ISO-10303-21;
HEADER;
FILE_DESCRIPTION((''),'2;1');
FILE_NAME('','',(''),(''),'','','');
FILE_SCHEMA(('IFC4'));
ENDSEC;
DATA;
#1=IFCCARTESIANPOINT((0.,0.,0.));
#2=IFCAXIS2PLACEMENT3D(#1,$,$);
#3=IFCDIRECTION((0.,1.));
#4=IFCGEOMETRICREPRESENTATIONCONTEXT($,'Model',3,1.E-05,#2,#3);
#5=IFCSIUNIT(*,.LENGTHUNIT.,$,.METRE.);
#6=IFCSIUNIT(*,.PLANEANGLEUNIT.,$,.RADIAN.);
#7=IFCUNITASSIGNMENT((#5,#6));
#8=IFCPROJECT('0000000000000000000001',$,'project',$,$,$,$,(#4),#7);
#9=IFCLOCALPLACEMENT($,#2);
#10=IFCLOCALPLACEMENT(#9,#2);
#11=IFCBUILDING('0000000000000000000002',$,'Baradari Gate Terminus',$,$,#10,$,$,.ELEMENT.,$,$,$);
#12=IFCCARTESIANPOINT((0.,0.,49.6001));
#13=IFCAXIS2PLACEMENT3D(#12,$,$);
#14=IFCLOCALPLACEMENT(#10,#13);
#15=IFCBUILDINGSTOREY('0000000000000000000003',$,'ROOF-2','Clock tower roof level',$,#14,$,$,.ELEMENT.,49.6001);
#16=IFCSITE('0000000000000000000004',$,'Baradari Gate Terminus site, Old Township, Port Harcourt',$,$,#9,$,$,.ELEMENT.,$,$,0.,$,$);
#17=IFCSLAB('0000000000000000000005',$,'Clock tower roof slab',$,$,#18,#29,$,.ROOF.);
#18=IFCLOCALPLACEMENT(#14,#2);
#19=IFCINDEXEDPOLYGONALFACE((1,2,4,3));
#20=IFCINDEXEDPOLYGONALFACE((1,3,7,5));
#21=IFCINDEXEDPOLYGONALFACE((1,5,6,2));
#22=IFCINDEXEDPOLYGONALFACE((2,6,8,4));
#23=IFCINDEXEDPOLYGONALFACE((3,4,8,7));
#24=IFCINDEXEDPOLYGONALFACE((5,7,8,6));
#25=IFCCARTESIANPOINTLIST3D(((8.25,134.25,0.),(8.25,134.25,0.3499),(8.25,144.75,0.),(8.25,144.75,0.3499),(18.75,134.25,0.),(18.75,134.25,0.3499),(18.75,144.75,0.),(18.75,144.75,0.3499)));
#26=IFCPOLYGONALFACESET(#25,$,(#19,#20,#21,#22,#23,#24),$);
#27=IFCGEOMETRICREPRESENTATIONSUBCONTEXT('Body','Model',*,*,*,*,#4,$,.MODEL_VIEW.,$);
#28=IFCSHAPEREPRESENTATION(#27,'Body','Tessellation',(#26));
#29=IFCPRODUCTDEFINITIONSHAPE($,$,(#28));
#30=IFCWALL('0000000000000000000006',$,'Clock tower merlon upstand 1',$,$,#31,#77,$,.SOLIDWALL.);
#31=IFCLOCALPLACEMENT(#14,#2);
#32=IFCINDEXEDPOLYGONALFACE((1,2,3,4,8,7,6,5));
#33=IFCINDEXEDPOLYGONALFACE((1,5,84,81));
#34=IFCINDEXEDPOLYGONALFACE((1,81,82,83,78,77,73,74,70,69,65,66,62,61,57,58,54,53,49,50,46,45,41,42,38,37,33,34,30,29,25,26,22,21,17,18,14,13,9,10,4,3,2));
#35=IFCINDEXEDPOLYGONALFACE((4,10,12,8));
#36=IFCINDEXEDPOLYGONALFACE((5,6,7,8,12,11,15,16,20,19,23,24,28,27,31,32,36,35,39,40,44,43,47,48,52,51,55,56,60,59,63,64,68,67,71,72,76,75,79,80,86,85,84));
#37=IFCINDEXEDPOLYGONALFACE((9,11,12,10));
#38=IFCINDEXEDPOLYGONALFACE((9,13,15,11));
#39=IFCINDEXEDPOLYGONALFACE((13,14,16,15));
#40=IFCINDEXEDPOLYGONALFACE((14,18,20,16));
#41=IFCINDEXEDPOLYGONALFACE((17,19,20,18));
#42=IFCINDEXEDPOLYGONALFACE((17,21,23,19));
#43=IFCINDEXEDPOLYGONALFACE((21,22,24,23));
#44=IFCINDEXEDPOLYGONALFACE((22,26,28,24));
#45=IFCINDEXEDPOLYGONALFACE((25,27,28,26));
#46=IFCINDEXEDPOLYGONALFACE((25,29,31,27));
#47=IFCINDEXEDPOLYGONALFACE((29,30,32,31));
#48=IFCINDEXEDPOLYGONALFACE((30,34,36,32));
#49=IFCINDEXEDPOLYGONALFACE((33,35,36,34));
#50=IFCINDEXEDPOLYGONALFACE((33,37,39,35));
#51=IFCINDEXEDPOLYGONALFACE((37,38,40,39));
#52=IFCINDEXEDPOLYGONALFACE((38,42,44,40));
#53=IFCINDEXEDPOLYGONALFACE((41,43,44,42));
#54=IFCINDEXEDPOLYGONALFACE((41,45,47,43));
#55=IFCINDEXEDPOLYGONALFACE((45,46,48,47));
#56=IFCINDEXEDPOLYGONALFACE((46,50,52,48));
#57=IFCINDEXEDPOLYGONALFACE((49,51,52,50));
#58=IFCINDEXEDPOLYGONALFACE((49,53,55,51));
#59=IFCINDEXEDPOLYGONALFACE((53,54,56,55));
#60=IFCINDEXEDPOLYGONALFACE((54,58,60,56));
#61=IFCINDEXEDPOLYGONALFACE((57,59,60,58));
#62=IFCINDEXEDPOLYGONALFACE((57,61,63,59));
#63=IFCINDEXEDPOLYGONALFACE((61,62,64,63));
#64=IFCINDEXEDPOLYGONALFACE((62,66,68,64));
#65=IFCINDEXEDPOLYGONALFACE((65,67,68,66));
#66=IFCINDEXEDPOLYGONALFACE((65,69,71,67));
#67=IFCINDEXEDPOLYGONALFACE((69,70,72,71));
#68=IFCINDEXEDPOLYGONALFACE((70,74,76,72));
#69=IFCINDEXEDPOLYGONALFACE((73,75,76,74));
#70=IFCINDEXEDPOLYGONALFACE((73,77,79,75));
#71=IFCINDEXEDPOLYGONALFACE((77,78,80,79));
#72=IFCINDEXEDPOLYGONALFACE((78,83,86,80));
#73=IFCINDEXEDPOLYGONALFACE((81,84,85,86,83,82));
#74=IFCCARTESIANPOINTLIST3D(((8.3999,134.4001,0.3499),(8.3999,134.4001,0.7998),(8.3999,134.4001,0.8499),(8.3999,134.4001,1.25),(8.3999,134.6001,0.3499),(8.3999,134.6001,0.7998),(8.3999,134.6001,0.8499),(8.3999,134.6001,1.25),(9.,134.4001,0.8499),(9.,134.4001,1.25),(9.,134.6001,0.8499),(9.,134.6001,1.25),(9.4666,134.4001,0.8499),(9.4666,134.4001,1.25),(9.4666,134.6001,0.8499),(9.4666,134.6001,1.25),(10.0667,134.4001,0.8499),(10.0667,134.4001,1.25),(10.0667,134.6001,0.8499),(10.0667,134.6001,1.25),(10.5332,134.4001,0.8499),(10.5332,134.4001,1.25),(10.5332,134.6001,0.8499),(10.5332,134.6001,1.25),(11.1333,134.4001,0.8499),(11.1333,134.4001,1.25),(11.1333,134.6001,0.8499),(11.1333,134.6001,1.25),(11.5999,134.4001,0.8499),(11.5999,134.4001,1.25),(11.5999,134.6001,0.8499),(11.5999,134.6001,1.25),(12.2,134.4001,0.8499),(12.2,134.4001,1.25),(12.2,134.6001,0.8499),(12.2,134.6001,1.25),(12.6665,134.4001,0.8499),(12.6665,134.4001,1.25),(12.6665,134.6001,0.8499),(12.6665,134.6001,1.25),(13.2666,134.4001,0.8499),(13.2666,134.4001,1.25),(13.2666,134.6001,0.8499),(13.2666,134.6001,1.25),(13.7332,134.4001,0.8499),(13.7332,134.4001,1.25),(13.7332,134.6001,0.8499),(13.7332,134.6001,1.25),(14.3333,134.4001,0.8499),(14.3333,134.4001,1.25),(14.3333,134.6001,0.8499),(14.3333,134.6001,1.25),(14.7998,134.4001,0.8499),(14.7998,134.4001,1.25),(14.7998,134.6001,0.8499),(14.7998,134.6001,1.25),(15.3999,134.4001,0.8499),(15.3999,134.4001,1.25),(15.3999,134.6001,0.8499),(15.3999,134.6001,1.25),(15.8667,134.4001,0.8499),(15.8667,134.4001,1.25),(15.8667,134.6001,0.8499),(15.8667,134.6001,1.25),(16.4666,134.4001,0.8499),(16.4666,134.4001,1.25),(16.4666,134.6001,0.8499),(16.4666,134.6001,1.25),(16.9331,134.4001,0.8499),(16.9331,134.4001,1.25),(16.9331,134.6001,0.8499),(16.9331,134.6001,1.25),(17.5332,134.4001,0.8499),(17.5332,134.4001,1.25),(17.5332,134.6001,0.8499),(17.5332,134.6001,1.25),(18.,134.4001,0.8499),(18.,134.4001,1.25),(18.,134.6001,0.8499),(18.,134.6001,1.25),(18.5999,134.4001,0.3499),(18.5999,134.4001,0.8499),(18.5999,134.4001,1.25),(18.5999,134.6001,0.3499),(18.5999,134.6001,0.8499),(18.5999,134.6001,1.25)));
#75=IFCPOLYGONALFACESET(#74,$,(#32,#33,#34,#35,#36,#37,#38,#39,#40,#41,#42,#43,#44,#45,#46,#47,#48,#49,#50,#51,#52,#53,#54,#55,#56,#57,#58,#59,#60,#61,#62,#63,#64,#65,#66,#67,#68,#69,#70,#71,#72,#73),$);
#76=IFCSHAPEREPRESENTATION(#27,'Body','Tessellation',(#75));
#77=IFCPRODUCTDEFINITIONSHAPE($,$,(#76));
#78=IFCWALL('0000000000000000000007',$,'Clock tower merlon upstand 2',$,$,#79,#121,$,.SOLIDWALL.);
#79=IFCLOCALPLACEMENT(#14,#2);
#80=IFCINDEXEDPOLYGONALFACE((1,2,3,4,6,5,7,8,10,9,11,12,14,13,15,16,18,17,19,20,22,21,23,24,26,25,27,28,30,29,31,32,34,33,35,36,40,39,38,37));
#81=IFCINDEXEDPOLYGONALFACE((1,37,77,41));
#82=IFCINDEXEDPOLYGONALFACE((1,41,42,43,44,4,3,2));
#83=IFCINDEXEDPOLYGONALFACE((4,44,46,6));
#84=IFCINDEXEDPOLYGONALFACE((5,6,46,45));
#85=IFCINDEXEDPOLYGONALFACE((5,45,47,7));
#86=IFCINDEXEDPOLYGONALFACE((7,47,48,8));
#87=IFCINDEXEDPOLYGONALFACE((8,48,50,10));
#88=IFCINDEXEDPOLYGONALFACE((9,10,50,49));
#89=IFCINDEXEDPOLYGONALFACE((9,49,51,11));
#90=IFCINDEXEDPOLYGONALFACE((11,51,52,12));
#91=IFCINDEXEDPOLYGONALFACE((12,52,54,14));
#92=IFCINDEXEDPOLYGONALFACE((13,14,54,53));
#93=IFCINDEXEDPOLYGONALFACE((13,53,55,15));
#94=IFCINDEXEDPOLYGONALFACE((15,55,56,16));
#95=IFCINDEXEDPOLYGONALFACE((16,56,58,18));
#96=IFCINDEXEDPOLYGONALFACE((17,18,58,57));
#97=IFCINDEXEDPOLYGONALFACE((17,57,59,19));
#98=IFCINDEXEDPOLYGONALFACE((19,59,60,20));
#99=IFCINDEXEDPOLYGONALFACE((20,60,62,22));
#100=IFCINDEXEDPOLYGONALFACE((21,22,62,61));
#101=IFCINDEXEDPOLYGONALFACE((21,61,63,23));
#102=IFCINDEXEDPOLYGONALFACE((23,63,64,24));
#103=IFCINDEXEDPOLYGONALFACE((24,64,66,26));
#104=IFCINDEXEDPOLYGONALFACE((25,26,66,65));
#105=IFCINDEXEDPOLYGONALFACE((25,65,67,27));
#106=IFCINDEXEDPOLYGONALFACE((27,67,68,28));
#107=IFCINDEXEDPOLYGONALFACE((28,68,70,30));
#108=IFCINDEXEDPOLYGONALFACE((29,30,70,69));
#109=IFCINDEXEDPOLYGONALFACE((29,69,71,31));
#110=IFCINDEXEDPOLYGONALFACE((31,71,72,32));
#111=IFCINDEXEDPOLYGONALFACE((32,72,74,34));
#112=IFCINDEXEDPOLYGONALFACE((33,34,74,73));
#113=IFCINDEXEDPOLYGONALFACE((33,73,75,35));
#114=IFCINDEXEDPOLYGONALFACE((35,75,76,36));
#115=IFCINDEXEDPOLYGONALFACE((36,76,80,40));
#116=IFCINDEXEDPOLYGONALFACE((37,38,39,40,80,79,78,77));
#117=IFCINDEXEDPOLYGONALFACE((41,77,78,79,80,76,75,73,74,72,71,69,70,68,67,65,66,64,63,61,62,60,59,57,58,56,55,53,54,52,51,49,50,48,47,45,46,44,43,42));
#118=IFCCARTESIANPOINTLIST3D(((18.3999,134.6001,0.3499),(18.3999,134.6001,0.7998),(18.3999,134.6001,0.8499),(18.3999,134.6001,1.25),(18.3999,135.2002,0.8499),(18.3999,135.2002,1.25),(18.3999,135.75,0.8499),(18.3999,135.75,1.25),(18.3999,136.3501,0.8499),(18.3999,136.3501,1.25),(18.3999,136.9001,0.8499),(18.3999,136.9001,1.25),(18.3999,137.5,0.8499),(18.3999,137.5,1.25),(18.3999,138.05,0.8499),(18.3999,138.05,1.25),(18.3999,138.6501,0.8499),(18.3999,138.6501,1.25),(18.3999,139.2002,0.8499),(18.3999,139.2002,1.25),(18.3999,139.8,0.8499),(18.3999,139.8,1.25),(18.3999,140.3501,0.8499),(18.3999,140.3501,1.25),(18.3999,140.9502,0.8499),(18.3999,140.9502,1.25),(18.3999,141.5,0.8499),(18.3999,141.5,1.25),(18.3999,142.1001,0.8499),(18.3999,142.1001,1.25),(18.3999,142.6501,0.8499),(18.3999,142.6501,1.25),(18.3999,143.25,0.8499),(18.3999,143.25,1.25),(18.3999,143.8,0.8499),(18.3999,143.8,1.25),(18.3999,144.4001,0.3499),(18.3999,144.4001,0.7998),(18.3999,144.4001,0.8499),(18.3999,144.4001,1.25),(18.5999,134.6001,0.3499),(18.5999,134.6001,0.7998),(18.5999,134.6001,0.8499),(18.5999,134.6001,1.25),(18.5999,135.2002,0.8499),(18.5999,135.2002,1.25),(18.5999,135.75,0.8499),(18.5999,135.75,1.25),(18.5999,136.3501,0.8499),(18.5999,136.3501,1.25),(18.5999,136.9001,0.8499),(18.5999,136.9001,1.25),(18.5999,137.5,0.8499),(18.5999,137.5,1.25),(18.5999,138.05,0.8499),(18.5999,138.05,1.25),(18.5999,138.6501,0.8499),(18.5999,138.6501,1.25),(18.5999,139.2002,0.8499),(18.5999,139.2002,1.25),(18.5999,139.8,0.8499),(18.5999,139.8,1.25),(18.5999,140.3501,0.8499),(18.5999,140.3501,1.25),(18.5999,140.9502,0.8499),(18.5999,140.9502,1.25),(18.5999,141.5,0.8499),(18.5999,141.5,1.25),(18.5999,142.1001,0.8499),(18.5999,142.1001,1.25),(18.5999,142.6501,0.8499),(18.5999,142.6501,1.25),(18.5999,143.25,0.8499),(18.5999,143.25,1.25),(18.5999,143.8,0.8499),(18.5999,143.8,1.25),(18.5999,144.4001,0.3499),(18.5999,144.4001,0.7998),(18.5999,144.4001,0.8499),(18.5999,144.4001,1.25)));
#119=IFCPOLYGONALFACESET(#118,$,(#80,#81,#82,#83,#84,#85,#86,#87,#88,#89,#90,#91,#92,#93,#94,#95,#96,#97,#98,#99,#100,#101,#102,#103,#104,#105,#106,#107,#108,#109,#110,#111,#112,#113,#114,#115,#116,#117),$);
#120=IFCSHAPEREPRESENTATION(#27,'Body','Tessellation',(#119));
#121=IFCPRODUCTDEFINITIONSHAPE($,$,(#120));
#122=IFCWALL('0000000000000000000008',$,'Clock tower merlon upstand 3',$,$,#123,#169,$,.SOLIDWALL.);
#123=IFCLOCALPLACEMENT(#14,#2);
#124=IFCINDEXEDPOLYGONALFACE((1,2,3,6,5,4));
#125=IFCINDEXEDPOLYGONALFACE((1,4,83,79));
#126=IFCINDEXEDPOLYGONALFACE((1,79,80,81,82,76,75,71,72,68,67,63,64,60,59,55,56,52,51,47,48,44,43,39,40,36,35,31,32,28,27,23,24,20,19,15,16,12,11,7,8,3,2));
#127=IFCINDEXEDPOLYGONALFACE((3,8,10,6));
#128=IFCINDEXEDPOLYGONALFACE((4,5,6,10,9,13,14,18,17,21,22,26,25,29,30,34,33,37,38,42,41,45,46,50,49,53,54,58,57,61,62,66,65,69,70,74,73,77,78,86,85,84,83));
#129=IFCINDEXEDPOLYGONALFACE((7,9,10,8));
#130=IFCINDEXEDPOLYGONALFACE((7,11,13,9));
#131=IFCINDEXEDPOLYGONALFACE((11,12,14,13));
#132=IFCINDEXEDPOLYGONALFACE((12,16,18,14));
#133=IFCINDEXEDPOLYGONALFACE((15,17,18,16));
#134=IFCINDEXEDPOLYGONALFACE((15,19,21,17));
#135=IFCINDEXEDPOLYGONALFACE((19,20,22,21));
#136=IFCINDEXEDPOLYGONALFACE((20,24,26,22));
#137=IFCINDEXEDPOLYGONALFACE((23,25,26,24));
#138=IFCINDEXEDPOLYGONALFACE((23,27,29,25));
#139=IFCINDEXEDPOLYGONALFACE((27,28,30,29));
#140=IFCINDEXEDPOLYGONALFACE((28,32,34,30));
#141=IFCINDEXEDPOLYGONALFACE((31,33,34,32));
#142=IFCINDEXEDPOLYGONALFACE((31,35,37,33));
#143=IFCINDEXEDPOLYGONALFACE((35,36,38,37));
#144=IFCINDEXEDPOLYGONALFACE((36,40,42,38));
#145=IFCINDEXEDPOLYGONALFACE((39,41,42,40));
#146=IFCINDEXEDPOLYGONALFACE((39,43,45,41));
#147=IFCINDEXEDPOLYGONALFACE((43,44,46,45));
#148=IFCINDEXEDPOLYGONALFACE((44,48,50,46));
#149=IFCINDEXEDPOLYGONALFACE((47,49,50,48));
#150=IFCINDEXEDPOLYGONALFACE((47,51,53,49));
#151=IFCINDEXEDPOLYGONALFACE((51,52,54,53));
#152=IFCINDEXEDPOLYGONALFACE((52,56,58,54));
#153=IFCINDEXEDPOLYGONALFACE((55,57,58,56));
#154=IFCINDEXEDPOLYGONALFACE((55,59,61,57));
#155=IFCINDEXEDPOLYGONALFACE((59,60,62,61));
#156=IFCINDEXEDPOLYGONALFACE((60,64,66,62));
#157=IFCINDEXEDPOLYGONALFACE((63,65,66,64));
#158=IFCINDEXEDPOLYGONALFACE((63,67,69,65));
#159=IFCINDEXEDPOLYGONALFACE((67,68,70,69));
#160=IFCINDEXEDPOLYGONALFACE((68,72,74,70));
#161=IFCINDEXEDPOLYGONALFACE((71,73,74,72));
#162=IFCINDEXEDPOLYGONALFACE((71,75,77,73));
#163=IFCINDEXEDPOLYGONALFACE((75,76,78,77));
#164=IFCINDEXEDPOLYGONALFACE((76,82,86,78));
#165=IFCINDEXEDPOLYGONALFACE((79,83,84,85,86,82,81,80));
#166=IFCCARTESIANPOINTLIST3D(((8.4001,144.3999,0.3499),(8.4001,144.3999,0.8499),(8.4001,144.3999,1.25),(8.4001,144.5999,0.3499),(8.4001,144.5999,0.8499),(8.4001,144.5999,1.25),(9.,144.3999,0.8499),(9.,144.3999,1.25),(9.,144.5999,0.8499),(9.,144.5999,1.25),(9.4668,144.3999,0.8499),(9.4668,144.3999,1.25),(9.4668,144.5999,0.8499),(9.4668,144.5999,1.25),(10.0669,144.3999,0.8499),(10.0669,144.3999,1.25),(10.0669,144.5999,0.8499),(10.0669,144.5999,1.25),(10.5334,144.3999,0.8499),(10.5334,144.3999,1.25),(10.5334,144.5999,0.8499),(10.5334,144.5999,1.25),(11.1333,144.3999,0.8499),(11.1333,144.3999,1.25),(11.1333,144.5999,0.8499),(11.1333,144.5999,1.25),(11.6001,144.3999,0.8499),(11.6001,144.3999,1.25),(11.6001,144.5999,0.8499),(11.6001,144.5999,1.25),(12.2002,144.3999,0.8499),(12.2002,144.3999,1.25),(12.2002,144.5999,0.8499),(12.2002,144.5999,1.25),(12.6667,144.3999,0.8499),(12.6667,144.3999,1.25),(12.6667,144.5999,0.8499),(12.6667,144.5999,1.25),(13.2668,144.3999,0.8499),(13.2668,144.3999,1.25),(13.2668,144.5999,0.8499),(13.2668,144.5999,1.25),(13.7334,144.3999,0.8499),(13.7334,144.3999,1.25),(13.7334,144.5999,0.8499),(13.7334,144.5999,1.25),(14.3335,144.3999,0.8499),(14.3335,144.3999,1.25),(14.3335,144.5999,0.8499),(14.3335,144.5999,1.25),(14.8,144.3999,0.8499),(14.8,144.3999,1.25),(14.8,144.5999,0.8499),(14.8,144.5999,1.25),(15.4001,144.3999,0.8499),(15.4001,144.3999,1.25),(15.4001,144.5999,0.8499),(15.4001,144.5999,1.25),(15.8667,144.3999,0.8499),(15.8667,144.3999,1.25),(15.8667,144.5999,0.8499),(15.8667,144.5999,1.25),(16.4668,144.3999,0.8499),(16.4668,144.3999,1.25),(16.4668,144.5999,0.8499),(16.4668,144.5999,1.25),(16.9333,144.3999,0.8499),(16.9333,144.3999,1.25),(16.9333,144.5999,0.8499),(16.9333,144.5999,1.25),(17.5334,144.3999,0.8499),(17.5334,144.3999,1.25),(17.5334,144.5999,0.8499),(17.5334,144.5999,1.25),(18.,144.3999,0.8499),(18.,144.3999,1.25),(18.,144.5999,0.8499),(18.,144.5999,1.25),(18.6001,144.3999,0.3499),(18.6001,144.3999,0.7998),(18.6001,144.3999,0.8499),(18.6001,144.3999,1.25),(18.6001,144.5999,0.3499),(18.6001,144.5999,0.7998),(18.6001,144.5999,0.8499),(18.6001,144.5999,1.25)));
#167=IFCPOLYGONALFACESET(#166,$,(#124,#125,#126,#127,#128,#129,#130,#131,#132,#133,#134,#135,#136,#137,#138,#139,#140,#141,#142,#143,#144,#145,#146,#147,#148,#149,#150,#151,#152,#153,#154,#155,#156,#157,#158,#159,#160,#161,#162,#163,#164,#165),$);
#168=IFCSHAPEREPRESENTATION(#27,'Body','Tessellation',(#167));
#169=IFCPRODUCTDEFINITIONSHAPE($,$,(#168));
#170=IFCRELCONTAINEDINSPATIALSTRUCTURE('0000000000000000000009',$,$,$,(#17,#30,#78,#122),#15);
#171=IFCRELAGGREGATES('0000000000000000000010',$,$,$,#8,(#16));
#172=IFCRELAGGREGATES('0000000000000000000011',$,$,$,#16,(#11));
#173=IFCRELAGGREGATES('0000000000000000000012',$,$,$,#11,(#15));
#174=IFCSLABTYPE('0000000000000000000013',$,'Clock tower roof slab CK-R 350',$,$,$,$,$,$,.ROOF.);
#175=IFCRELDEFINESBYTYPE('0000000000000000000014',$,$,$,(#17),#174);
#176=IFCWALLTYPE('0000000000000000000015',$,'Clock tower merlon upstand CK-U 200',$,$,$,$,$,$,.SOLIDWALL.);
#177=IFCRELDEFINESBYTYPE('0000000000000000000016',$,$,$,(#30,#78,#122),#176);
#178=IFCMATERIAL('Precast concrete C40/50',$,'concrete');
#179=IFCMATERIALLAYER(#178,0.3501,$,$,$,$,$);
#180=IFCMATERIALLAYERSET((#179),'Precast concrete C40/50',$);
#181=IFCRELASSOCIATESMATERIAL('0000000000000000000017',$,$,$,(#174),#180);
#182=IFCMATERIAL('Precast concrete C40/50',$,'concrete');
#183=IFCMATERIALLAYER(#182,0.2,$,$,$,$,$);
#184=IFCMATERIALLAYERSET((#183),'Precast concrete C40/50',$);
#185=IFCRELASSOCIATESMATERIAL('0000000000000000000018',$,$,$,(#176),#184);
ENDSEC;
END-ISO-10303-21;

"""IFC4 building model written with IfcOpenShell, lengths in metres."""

from ifc_helpers import new_model, si_unit, direction, frame, origin, place, context, subcontext, project, spatial, polyline, outline, extrude, material, layer, layer_set, type_object, element, save


model = new_model("IFC4")

# Units and contexts
model_context = context("Model", 3, precision=1e-05, world=origin(), true_north=direction((0.0, 1.0)))
body_context = subcontext(model_context, "Body", "Model", "MODEL_VIEW")
ifc_project = project(units=[si_unit("LENGTHUNIT", "METRE"), si_unit("PLANEANGLEUNIT", "RADIAN")], contexts=[model_context])

# Site, building, storey
site_placement = place(None, origin())
site = spatial("IfcSite", under=ifc_project, at=site_placement, Name="Baradari Gate Terminus site, Old Township, Port Harcourt", CompositionType="ELEMENT", RefElevation=0.0)
building_placement = place(site_placement, origin())
building = spatial("IfcBuilding", under=site, at=building_placement, Name="Baradari Gate Terminus", CompositionType="ELEMENT")
storey_placement = place(building_placement, frame((0.0, 0.0, 49.6001)))
storey = spatial("IfcBuildingStorey", under=building, at=storey_placement, Name="ROOF-2", Description="Clock tower roof level", CompositionType="ELEMENT", Elevation=49.6001)

# Slab
ifc_material_1 = material(Name="Precast concrete C40/50", Category="concrete")
ifc_layer_1 = layer(ifc_material_1, 0.3501)
ifc_layer_set_1 = layer_set([ifc_layer_1], Name="Precast concrete C40/50")
slab_type = type_object("IfcSlabType", Name="Clock tower roof slab CK-R 350", PredefinedType="ROOF", material=ifc_layer_set_1)
slab_placement = place(storey_placement, origin())
element("IfcSlab", 1, at=slab_placement, inside=storey, type_object=slab_type, Name="Clock tower roof slab", PredefinedType="ROOF", context=body_context, shape_type="SweptSolid", body=[
    extrude(outline(polyline([(8.25, 134.25), (18.75, 134.25), (18.75, 144.75), (8.25, 144.75), (8.25, 134.25)])), origin(), (0.0, 0.0, 1.0), 0.3499),
])

# Walls
ifc_material_2 = material(Name="Precast concrete C40/50", Category="concrete")
ifc_layer_2 = layer(ifc_material_2, 0.2)
ifc_layer_set_2 = layer_set([ifc_layer_2], Name="Precast concrete C40/50")
wall_type = type_object("IfcWallType", Name="Clock tower merlon upstand CK-U 200", PredefinedType="SOLIDWALL", material=ifc_layer_set_2)
wall_1_placement = place(storey_placement, frame((8.3999, 134.5, 0.3499), z_axis=(0.0, 0.0, 1.0), x_axis=(1.0, 0.0, 0.0)))
element("IfcWall", 2, at=wall_1_placement, inside=storey, type_object=wall_type, Name="Clock tower merlon upstand 1", PredefinedType="SOLIDWALL", context=body_context, shape_type="SweptSolid", body=[
    extrude(outline(polyline([(10.2, 0.0), (10.2, 0.5), (10.2, 0.5), (10.2, 0.9001), (9.6001, 0.9001), (9.6001, 0.5), (9.1333, 0.5), (9.1333, 0.9001), (8.5332, 0.9001), (8.5332, 0.5), (8.0667, 0.5), (8.0667, 0.9001), (7.4668, 0.9001), (7.4668, 0.5), (7.0, 0.5), (7.0, 0.9001), (6.3999, 0.9001), (6.3999, 0.5), (5.9333, 0.5), (5.9333, 0.9001), (5.3333, 0.9001), (5.3333, 0.5), (4.8667, 0.5), (4.8667, 0.9001), (4.2666, 0.9001), (4.2666, 0.5), (3.8, 0.5), (3.8, 0.9001), (3.2, 0.9001), (3.2, 0.5), (2.7334, 0.5), (2.7334, 0.9001), (2.1333, 0.9001), (2.1333, 0.5), (1.6667, 0.5), (1.6667, 0.9001), (1.0667, 0.9001), (1.0667, 0.5), (0.6001, 0.5), (0.6001, 0.9001), (0.0, 0.9001), (0.0, 0.5), (0.0, 0.45), (0.0, 0.0), (10.2, 0.0)])), frame((0.0, 0.1001, 0.0), z_axis=(0.0, -1.0, 0.0), x_axis=(1.0, 0.0, 0.0)), (0.0, 0.0, 1.0), 0.2),
])
wall_2_placement = place(storey_placement, frame((18.5, 134.6001, 0.3499), z_axis=(0.0, 0.0, 1.0), x_axis=(0.0, 1.0, 0.0)))
element("IfcWall", 3, at=wall_2_placement, inside=storey, type_object=wall_type, Name="Clock tower merlon upstand 2", PredefinedType="SOLIDWALL", context=body_context, shape_type="SweptSolid", body=[
    extrude(outline(polyline([(9.8, 0.0), (9.8, 0.45), (9.8, 0.5), (9.8, 0.9001), (9.2, 0.9001), (9.2, 0.5), (8.6499, 0.5), (8.6499, 0.9001), (8.05, 0.9001), (8.05, 0.5), (7.5, 0.5), (7.5, 0.9001), (6.8999, 0.9001), (6.8999, 0.5), (6.3501, 0.5), (6.3501, 0.9001), (5.75, 0.9001), (5.75, 0.5), (5.2, 0.5), (5.2, 0.9001), (4.6001, 0.9001), (4.6001, 0.5), (4.05, 0.5), (4.05, 0.9001), (3.45, 0.9001), (3.45, 0.5), (2.8999, 0.5), (2.8999, 0.9001), (2.3, 0.9001), (2.3, 0.5), (1.75, 0.5), (1.75, 0.9001), (1.1499, 0.9001), (1.1499, 0.5), (0.6001, 0.5), (0.6001, 0.9001), (0.0, 0.9001), (0.0, 0.5), (0.0, 0.45), (0.0, 0.0), (9.8, 0.0)])), frame((0.0, 0.1001, 0.0), z_axis=(0.0, -1.0, 0.0), x_axis=(1.0, 0.0, 0.0)), (0.0, 0.0, 1.0), 0.2),
])
wall_3_placement = place(storey_placement, frame((18.6001, 144.5, 0.3499), z_axis=(0.0, 0.0, 1.0), x_axis=(-1.0, 0.0, 0.0)))
element("IfcWall", 4, at=wall_3_placement, inside=storey, type_object=wall_type, Name="Clock tower merlon upstand 3", PredefinedType="SOLIDWALL", context=body_context, shape_type="SweptSolid", body=[
    extrude(outline(polyline([(10.2, 0.0), (10.2, 0.5), (10.2, 0.5), (10.2, 0.9001), (9.6001, 0.9001), (9.6001, 0.5), (9.1333, 0.5), (9.1333, 0.9001), (8.5332, 0.9001), (8.5332, 0.5), (8.0667, 0.5), (8.0667, 0.9001), (7.4668, 0.9001), (7.4668, 0.5), (7.0, 0.5), (7.0, 0.9001), (6.3999, 0.9001), (6.3999, 0.5), (5.9333, 0.5), (5.9333, 0.9001), (5.3333, 0.9001), (5.3333, 0.5), (4.8667, 0.5), (4.8667, 0.9001), (4.2666, 0.9001), (4.2666, 0.5), (3.8, 0.5), (3.8, 0.9001), (3.2, 0.9001), (3.2, 0.5), (2.7334, 0.5), (2.7334, 0.9001), (2.1333, 0.9001), (2.1333, 0.5), (1.6667, 0.5), (1.6667, 0.9001), (1.0667, 0.9001), (1.0667, 0.5), (0.6001, 0.5), (0.6001, 0.9001), (0.0, 0.9001), (0.0, 0.5), (0.0, 0.45), (0.0, 0.0), (10.2, 0.0)])), frame((0.0, 0.1001, 0.0), z_axis=(0.0, -1.0, 0.0), x_axis=(1.0, 0.0, 0.0)), (0.0, 0.0, 1.0), 0.2),
])

save(model, "model.ifc")
